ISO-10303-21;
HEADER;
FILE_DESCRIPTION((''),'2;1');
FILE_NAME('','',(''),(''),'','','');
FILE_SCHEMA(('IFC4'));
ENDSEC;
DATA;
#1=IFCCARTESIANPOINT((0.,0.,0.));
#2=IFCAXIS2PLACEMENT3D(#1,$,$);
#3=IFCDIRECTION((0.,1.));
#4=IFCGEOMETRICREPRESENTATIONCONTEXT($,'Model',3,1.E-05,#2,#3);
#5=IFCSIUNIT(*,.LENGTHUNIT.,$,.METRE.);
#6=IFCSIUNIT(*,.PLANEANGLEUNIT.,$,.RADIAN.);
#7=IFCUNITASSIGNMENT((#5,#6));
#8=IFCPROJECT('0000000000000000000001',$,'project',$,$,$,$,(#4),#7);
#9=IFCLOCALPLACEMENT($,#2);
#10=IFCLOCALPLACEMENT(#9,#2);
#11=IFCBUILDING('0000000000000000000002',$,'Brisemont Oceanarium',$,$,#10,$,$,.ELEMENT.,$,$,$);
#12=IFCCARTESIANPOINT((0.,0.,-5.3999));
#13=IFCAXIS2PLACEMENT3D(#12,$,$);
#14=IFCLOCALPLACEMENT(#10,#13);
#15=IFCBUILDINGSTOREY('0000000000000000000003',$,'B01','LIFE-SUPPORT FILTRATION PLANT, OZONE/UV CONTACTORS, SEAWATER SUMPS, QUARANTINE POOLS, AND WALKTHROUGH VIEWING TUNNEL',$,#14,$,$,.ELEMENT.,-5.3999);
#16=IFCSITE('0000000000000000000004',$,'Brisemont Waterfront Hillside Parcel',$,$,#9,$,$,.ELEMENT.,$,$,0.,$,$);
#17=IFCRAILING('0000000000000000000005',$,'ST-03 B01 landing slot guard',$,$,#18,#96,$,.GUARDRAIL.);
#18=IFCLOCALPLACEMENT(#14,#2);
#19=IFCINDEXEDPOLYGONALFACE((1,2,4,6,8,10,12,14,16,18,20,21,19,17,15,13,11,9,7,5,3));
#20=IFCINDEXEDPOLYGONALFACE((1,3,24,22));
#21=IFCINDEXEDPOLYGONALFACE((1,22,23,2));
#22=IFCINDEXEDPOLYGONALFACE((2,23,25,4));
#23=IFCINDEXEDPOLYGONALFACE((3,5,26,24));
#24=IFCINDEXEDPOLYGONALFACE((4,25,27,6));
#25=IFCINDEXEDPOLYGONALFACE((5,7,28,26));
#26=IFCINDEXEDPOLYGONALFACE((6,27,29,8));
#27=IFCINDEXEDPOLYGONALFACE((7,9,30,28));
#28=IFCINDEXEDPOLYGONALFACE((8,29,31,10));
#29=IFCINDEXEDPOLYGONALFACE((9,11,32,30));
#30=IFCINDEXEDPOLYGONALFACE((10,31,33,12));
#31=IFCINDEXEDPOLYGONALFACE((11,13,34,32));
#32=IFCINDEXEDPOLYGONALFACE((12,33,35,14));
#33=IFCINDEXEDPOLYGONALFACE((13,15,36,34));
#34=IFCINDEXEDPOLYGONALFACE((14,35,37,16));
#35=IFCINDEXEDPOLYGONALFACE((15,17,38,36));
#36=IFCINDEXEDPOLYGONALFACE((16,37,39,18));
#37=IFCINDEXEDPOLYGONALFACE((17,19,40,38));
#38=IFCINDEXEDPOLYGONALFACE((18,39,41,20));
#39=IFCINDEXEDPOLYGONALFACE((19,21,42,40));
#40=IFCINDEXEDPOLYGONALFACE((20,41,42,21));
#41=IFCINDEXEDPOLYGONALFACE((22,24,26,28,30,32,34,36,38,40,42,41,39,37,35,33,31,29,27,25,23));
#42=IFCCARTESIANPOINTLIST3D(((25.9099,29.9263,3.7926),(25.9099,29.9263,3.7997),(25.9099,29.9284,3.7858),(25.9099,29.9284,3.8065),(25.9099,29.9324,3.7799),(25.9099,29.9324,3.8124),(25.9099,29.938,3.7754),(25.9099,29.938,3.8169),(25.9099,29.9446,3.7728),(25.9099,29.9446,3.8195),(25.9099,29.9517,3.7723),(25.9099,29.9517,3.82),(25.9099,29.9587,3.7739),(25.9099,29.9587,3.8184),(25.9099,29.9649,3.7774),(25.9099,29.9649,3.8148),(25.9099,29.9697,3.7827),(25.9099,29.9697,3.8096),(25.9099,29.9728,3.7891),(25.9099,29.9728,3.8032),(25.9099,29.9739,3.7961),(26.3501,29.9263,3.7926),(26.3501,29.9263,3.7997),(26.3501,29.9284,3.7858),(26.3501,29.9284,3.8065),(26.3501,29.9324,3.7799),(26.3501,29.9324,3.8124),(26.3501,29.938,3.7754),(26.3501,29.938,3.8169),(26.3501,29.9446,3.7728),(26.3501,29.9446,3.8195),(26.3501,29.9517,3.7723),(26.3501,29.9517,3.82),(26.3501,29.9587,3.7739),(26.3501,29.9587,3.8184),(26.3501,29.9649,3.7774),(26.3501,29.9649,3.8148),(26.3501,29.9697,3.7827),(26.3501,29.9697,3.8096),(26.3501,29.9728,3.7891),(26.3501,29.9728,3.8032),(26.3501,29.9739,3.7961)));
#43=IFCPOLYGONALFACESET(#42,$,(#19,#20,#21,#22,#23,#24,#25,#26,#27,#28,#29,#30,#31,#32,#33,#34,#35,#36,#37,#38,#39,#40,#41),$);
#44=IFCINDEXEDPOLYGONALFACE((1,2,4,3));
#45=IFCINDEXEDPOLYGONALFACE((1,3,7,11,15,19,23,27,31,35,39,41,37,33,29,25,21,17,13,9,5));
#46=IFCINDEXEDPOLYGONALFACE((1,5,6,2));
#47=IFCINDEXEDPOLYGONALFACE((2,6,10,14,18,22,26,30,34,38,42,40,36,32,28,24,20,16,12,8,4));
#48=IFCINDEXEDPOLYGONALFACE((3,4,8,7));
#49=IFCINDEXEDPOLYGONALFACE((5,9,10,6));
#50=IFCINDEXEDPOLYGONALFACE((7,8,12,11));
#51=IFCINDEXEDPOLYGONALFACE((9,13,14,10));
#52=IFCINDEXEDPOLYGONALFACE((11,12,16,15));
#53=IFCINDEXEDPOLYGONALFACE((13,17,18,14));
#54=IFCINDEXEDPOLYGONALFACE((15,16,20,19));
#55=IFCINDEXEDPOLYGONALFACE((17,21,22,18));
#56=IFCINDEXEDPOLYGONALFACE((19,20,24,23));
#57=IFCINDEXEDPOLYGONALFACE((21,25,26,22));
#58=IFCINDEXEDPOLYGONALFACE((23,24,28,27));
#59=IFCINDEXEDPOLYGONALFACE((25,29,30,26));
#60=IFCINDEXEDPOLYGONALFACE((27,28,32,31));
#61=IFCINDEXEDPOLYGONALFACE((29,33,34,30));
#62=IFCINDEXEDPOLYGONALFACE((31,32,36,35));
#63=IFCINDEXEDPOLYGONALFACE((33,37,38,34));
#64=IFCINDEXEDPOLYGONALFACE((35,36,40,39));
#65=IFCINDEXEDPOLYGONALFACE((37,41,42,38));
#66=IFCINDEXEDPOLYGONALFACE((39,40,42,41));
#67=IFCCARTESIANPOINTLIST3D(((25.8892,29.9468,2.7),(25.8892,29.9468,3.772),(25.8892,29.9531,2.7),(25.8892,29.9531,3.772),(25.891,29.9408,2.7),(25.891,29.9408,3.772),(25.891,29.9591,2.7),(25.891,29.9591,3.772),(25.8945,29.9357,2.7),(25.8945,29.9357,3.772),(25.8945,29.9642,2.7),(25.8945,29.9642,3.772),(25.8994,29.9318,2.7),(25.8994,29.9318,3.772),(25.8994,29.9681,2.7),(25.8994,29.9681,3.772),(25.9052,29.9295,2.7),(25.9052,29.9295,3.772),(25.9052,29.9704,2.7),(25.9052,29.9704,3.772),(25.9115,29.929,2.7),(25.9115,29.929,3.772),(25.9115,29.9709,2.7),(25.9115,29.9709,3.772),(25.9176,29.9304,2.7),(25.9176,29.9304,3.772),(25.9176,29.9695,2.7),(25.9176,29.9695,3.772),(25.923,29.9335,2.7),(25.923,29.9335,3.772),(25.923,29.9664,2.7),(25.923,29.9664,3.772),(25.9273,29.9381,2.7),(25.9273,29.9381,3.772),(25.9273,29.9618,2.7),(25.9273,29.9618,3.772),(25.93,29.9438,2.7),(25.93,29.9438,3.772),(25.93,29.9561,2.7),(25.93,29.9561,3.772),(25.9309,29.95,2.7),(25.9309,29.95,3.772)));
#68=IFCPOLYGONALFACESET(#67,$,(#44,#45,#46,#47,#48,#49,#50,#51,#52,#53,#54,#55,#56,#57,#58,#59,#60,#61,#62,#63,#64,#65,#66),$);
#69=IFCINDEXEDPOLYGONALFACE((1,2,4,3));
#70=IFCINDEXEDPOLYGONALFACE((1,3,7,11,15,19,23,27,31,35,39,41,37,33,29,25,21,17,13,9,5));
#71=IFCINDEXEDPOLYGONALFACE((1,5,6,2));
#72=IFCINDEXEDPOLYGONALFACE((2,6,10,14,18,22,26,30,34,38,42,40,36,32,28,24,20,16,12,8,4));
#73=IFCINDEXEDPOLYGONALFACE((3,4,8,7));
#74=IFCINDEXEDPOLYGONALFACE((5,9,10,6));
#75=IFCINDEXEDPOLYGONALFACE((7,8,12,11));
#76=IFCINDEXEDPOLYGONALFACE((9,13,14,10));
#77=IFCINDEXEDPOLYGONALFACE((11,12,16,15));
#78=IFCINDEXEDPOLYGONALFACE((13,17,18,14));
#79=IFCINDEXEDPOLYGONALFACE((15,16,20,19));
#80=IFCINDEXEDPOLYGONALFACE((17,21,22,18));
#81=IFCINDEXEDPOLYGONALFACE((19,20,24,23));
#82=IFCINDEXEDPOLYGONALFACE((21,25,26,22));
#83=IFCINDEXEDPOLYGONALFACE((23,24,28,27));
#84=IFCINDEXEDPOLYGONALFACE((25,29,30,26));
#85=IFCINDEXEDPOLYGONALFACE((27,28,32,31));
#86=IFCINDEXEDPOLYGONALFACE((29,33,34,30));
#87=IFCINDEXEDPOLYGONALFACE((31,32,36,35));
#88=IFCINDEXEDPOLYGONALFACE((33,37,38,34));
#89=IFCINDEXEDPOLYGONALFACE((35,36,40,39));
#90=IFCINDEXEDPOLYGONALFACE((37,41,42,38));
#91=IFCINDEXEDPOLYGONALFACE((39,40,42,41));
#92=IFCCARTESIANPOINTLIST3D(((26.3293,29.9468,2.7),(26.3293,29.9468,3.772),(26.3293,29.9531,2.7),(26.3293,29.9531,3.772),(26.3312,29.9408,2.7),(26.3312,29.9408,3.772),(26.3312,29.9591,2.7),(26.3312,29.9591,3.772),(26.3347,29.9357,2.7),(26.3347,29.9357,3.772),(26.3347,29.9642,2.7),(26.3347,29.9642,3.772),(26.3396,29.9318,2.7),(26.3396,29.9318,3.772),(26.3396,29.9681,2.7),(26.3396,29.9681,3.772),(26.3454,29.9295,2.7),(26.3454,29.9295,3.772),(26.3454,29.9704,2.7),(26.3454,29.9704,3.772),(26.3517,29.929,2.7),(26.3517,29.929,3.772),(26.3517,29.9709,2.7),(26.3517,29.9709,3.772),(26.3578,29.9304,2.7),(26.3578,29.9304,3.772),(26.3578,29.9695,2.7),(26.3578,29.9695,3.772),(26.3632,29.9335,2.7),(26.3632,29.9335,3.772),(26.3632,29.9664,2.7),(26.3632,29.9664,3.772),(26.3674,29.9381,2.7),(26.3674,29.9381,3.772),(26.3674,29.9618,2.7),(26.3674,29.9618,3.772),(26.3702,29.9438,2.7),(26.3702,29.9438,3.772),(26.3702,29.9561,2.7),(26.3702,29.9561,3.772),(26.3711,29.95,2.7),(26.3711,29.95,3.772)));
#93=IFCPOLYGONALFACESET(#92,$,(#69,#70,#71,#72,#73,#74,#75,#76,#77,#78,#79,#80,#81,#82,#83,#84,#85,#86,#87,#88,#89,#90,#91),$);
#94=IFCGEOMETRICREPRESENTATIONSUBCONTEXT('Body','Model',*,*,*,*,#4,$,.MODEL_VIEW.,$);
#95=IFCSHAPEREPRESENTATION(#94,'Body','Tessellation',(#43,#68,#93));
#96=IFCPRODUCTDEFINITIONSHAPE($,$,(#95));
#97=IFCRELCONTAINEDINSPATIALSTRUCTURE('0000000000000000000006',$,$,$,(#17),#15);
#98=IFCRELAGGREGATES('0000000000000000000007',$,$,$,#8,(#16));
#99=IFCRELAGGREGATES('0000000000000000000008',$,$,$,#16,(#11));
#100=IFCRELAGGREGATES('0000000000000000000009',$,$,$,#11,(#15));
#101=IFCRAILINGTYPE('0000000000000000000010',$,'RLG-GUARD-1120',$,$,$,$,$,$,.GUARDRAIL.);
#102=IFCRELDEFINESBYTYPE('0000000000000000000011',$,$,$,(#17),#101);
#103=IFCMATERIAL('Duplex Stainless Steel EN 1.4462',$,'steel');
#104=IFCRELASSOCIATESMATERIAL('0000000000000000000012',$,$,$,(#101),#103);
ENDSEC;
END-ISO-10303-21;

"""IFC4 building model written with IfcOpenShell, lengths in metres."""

from ifc_helpers import new_model, si_unit, direction, frame, origin, origin_2d, place, context, subcontext, project, spatial, circle, extrude, material, type_object, element, save


model = new_model("IFC4")

# Units and contexts
model_context = context("Model", 3, precision=1e-05, world=origin(), true_north=direction((0.0, 1.0)))
body_context = subcontext(model_context, "Body", "Model", "MODEL_VIEW")
ifc_project = project(units=[si_unit("LENGTHUNIT", "METRE"), si_unit("PLANEANGLEUNIT", "RADIAN")], contexts=[model_context])

# Site, building, storey
site_placement = place(None, origin())
site = spatial("IfcSite", under=ifc_project, at=site_placement, Name="Brisemont Waterfront Hillside Parcel", CompositionType="ELEMENT", RefElevation=0.0)
building_placement = place(site_placement, origin())
building = spatial("IfcBuilding", under=site, at=building_placement, Name="Brisemont Oceanarium", CompositionType="ELEMENT")
storey_placement = place(building_placement, frame((0.0, 0.0, -5.3999)))
storey = spatial("IfcBuildingStorey", under=building, at=storey_placement, Name="B01", Description="LIFE-SUPPORT FILTRATION PLANT, OZONE/UV CONTACTORS, SEAWATER SUMPS, QUARANTINE POOLS, AND WALKTHROUGH VIEWING TUNNEL", CompositionType="ELEMENT", Elevation=-5.3999)

# Railing
ifc_material_1 = material(Name="Duplex Stainless Steel EN 1.4462", Category="steel")
railing_type_1 = type_object("IfcRailingType", Name="RLG-GUARD-1120", PredefinedType="GUARDRAIL", material=ifc_material_1)
railing_1_placement = place(storey_placement, frame((25.9099, 29.95, 2.7)))
element("IfcRailing", 1, at=railing_1_placement, inside=storey, type_object=railing_type_1, Name="ST-03 B01 landing slot guard", PredefinedType="GUARDRAIL", context=body_context, shape_type="SweptSolid", body=[
    extrude(circle(Radius=0.0239, at=origin_2d()), frame((0.0, 0.0, 1.0962), z_axis=(1.0, 0.0, 0.0), x_axis=(0.0, 1.0, 0.0)), (0.0, 0.0, 1.0), 0.4402),
    extrude(circle(Radius=0.021, at=origin_2d()), origin(), (0.0, 0.0, 1.0), 1.072),
    extrude(circle(Radius=0.021, at=origin_2d()), frame((0.4402, 0.0, 0.0)), (0.0, 0.0, 1.0), 1.072),
])

save(model, "model.ifc")
